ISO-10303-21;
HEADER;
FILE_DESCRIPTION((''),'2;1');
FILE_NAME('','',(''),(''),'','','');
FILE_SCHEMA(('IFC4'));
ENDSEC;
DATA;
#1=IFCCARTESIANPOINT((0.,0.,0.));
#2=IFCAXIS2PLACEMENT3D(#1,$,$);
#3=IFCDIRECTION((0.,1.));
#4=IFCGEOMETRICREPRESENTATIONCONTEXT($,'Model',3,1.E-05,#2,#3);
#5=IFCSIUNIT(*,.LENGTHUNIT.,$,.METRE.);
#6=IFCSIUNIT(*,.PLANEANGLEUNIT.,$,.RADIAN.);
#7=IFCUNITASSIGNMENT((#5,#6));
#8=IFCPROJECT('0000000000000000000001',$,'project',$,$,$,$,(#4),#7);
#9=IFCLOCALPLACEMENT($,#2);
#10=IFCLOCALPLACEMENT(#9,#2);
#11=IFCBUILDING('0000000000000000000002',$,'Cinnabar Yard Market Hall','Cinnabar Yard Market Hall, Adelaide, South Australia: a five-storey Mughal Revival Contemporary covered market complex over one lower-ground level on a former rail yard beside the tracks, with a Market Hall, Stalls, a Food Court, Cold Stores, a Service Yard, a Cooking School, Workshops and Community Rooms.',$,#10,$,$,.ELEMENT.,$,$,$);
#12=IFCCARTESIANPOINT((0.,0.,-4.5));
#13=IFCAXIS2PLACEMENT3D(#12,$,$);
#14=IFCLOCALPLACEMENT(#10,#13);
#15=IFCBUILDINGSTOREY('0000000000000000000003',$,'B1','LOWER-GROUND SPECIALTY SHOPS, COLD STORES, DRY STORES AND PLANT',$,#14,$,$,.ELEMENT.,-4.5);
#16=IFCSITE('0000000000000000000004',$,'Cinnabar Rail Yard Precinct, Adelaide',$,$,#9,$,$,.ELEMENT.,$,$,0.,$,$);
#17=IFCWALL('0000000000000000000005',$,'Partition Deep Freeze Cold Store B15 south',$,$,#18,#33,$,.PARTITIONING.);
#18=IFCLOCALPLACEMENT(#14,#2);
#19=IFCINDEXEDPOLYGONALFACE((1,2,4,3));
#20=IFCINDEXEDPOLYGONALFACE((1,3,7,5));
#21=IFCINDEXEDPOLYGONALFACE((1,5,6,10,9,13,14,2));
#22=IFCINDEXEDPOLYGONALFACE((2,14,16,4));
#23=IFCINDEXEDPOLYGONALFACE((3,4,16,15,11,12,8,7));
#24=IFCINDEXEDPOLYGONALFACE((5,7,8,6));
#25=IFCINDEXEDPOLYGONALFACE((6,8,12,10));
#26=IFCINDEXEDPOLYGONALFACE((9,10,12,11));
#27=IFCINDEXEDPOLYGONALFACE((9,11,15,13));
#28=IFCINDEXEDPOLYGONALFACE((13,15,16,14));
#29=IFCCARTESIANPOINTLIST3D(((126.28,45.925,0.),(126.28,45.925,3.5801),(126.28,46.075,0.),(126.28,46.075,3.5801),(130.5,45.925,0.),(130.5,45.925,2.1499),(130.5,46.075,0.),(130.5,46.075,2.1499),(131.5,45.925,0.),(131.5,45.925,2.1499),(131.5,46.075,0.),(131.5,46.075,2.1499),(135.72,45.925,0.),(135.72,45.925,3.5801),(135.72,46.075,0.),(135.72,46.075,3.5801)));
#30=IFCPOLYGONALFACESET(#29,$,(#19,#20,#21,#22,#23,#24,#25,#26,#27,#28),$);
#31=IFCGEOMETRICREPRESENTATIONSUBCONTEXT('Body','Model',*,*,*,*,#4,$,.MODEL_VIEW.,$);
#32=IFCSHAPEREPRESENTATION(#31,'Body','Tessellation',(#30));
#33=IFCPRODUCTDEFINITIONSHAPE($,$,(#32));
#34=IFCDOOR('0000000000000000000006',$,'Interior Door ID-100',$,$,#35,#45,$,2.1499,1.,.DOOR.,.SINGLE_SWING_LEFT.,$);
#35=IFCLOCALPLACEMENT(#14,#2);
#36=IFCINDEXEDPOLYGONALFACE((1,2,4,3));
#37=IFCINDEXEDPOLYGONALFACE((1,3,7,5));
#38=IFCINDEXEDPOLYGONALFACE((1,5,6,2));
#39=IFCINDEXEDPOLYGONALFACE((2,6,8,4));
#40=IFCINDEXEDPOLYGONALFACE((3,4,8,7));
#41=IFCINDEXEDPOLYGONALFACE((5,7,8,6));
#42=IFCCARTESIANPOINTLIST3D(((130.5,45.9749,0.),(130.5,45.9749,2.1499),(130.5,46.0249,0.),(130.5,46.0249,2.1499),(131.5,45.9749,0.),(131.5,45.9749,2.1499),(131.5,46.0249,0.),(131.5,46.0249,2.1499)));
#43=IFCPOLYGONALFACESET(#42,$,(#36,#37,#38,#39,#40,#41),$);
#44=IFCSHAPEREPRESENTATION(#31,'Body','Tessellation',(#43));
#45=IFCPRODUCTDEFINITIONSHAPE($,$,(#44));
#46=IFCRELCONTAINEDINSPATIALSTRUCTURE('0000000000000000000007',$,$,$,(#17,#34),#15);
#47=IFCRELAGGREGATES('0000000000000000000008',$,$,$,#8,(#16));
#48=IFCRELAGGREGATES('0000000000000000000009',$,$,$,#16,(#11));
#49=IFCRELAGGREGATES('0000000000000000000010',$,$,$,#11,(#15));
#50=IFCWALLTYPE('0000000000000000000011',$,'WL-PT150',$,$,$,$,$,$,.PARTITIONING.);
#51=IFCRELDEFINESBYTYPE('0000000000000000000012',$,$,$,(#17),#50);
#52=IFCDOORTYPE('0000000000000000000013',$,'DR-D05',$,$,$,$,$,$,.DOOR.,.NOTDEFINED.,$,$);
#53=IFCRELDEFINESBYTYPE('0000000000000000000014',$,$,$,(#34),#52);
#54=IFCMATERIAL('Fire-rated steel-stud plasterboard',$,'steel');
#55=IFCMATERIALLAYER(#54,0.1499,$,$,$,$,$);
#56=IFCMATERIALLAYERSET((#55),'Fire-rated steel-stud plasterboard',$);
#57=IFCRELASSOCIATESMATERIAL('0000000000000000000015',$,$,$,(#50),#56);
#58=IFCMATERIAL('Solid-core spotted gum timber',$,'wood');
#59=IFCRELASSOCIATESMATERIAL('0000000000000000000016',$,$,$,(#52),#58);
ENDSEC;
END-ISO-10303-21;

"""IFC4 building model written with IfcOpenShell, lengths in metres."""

from ifc_helpers import new_model, si_unit, direction, frame, frame_2d, origin, place, context, subcontext, project, spatial, rectangle, extrude, material, layer, layer_set, type_object, element, fill, save


model = new_model("IFC4")

# Units and contexts
model_context = context("Model", 3, precision=1e-05, world=origin(), true_north=direction((0.0, 1.0)))
body_context = subcontext(model_context, "Body", "Model", "MODEL_VIEW")
ifc_project = project(units=[si_unit("LENGTHUNIT", "METRE"), si_unit("PLANEANGLEUNIT", "RADIAN")], contexts=[model_context])

# Site, building, storey
site_placement = place(None, origin())
site = spatial("IfcSite", under=ifc_project, at=site_placement, Name="Cinnabar Rail Yard Precinct, Adelaide", CompositionType="ELEMENT", RefElevation=0.0)
building_placement = place(site_placement, origin())
building = spatial("IfcBuilding", under=site, at=building_placement, Name="Cinnabar Yard Market Hall", Description="Cinnabar Yard Market Hall, Adelaide, South Australia: a five-storey Mughal Revival Contemporary covered market complex over one lower-ground level on a former rail yard beside the tracks, with a Market Hall, Stalls, a Food Court, Cold Stores, a Service Yard, a Cooking School, Workshops and Community Rooms.", CompositionType="ELEMENT")
storey_placement = place(building_placement, frame((0.0, 0.0, -4.5)))
storey = spatial("IfcBuildingStorey", under=building, at=storey_placement, Name="B1", Description="LOWER-GROUND SPECIALTY SHOPS, COLD STORES, DRY STORES AND PLANT", CompositionType="ELEMENT", Elevation=-4.5)

# Shared definitions
ifc_material_1 = material(Name="Fire-rated steel-stud plasterboard", Category="steel")
ifc_layer_1 = layer(ifc_material_1, 0.1499)
ifc_layer_set_1 = layer_set([ifc_layer_1], Name="Fire-rated steel-stud plasterboard")
wall_type = type_object("IfcWallType", Name="WL-PT150", PredefinedType="PARTITIONING", material=ifc_layer_set_1)

# Shared definitions
ifc_material_2 = material(Name="Solid-core spotted gum timber", Category="wood")
door_type = type_object("IfcDoorType", Name="DR-D05", OperationType="NOTDEFINED", PredefinedType="DOOR", material=ifc_material_2)

# Wall, opening, door
wall_1_placement = place(storey_placement, frame((126.28, 46.0, 0.0), z_axis=(0.0, 0.0, 1.0), x_axis=(1.0, 0.0, 0.0)))
wall_1 = element("IfcWall", 1, at=wall_1_placement, inside=storey, type_object=wall_type, Name="Partition Deep Freeze Cold Store B15 south", PredefinedType="PARTITIONING", context=body_context, shape_type="SweptSolid", body=[
    extrude(rectangle(XDim=9.4399, YDim=0.1499, at=frame_2d((4.72, 0.0), x_axis=(1.0, 0.0))), origin(), (0.0, 0.0, 1.0), 3.5801),
])
opening_1_placement = place(wall_1_placement, frame((4.22, 0.0, 0.0)))
opening_1 = element("IfcOpeningElement", 2, at=opening_1_placement, cuts=wall_1, PredefinedType="OPENING", context=body_context, shape_type="SweptSolid", body=[
    extrude(rectangle(XDim=1.0, YDim=2.1499, at=frame_2d((0.5, 1.075), x_axis=(1.0, 0.0))), frame((0.0, 0.085, 0.0), z_axis=(0.0, -1.0, 0.0), x_axis=(1.0, 0.0, 0.0)), (0.0, 0.0, 1.0), 0.1699),
])
door_1_placement = place(opening_1_placement, origin())
door_1 = element("IfcDoor", 3, at=door_1_placement, inside=storey, type_object=door_type, Name="Interior Door ID-100", OperationType="SINGLE_SWING_LEFT", OverallHeight=2.1499, OverallWidth=1.0, PredefinedType="DOOR", context=body_context, shape_type="SweptSolid", body=[
    extrude(rectangle(XDim=1.0, YDim=2.1499, at=frame_2d((0.5, 1.075), x_axis=(1.0, 0.0))), frame((0.0, 0.0249, 0.0), z_axis=(0.0, -1.0, 0.0), x_axis=(1.0, 0.0, 0.0)), (0.0, 0.0, 1.0), 0.05),
])
fill(opening_1, door_1)

save(model, "model.ifc")
